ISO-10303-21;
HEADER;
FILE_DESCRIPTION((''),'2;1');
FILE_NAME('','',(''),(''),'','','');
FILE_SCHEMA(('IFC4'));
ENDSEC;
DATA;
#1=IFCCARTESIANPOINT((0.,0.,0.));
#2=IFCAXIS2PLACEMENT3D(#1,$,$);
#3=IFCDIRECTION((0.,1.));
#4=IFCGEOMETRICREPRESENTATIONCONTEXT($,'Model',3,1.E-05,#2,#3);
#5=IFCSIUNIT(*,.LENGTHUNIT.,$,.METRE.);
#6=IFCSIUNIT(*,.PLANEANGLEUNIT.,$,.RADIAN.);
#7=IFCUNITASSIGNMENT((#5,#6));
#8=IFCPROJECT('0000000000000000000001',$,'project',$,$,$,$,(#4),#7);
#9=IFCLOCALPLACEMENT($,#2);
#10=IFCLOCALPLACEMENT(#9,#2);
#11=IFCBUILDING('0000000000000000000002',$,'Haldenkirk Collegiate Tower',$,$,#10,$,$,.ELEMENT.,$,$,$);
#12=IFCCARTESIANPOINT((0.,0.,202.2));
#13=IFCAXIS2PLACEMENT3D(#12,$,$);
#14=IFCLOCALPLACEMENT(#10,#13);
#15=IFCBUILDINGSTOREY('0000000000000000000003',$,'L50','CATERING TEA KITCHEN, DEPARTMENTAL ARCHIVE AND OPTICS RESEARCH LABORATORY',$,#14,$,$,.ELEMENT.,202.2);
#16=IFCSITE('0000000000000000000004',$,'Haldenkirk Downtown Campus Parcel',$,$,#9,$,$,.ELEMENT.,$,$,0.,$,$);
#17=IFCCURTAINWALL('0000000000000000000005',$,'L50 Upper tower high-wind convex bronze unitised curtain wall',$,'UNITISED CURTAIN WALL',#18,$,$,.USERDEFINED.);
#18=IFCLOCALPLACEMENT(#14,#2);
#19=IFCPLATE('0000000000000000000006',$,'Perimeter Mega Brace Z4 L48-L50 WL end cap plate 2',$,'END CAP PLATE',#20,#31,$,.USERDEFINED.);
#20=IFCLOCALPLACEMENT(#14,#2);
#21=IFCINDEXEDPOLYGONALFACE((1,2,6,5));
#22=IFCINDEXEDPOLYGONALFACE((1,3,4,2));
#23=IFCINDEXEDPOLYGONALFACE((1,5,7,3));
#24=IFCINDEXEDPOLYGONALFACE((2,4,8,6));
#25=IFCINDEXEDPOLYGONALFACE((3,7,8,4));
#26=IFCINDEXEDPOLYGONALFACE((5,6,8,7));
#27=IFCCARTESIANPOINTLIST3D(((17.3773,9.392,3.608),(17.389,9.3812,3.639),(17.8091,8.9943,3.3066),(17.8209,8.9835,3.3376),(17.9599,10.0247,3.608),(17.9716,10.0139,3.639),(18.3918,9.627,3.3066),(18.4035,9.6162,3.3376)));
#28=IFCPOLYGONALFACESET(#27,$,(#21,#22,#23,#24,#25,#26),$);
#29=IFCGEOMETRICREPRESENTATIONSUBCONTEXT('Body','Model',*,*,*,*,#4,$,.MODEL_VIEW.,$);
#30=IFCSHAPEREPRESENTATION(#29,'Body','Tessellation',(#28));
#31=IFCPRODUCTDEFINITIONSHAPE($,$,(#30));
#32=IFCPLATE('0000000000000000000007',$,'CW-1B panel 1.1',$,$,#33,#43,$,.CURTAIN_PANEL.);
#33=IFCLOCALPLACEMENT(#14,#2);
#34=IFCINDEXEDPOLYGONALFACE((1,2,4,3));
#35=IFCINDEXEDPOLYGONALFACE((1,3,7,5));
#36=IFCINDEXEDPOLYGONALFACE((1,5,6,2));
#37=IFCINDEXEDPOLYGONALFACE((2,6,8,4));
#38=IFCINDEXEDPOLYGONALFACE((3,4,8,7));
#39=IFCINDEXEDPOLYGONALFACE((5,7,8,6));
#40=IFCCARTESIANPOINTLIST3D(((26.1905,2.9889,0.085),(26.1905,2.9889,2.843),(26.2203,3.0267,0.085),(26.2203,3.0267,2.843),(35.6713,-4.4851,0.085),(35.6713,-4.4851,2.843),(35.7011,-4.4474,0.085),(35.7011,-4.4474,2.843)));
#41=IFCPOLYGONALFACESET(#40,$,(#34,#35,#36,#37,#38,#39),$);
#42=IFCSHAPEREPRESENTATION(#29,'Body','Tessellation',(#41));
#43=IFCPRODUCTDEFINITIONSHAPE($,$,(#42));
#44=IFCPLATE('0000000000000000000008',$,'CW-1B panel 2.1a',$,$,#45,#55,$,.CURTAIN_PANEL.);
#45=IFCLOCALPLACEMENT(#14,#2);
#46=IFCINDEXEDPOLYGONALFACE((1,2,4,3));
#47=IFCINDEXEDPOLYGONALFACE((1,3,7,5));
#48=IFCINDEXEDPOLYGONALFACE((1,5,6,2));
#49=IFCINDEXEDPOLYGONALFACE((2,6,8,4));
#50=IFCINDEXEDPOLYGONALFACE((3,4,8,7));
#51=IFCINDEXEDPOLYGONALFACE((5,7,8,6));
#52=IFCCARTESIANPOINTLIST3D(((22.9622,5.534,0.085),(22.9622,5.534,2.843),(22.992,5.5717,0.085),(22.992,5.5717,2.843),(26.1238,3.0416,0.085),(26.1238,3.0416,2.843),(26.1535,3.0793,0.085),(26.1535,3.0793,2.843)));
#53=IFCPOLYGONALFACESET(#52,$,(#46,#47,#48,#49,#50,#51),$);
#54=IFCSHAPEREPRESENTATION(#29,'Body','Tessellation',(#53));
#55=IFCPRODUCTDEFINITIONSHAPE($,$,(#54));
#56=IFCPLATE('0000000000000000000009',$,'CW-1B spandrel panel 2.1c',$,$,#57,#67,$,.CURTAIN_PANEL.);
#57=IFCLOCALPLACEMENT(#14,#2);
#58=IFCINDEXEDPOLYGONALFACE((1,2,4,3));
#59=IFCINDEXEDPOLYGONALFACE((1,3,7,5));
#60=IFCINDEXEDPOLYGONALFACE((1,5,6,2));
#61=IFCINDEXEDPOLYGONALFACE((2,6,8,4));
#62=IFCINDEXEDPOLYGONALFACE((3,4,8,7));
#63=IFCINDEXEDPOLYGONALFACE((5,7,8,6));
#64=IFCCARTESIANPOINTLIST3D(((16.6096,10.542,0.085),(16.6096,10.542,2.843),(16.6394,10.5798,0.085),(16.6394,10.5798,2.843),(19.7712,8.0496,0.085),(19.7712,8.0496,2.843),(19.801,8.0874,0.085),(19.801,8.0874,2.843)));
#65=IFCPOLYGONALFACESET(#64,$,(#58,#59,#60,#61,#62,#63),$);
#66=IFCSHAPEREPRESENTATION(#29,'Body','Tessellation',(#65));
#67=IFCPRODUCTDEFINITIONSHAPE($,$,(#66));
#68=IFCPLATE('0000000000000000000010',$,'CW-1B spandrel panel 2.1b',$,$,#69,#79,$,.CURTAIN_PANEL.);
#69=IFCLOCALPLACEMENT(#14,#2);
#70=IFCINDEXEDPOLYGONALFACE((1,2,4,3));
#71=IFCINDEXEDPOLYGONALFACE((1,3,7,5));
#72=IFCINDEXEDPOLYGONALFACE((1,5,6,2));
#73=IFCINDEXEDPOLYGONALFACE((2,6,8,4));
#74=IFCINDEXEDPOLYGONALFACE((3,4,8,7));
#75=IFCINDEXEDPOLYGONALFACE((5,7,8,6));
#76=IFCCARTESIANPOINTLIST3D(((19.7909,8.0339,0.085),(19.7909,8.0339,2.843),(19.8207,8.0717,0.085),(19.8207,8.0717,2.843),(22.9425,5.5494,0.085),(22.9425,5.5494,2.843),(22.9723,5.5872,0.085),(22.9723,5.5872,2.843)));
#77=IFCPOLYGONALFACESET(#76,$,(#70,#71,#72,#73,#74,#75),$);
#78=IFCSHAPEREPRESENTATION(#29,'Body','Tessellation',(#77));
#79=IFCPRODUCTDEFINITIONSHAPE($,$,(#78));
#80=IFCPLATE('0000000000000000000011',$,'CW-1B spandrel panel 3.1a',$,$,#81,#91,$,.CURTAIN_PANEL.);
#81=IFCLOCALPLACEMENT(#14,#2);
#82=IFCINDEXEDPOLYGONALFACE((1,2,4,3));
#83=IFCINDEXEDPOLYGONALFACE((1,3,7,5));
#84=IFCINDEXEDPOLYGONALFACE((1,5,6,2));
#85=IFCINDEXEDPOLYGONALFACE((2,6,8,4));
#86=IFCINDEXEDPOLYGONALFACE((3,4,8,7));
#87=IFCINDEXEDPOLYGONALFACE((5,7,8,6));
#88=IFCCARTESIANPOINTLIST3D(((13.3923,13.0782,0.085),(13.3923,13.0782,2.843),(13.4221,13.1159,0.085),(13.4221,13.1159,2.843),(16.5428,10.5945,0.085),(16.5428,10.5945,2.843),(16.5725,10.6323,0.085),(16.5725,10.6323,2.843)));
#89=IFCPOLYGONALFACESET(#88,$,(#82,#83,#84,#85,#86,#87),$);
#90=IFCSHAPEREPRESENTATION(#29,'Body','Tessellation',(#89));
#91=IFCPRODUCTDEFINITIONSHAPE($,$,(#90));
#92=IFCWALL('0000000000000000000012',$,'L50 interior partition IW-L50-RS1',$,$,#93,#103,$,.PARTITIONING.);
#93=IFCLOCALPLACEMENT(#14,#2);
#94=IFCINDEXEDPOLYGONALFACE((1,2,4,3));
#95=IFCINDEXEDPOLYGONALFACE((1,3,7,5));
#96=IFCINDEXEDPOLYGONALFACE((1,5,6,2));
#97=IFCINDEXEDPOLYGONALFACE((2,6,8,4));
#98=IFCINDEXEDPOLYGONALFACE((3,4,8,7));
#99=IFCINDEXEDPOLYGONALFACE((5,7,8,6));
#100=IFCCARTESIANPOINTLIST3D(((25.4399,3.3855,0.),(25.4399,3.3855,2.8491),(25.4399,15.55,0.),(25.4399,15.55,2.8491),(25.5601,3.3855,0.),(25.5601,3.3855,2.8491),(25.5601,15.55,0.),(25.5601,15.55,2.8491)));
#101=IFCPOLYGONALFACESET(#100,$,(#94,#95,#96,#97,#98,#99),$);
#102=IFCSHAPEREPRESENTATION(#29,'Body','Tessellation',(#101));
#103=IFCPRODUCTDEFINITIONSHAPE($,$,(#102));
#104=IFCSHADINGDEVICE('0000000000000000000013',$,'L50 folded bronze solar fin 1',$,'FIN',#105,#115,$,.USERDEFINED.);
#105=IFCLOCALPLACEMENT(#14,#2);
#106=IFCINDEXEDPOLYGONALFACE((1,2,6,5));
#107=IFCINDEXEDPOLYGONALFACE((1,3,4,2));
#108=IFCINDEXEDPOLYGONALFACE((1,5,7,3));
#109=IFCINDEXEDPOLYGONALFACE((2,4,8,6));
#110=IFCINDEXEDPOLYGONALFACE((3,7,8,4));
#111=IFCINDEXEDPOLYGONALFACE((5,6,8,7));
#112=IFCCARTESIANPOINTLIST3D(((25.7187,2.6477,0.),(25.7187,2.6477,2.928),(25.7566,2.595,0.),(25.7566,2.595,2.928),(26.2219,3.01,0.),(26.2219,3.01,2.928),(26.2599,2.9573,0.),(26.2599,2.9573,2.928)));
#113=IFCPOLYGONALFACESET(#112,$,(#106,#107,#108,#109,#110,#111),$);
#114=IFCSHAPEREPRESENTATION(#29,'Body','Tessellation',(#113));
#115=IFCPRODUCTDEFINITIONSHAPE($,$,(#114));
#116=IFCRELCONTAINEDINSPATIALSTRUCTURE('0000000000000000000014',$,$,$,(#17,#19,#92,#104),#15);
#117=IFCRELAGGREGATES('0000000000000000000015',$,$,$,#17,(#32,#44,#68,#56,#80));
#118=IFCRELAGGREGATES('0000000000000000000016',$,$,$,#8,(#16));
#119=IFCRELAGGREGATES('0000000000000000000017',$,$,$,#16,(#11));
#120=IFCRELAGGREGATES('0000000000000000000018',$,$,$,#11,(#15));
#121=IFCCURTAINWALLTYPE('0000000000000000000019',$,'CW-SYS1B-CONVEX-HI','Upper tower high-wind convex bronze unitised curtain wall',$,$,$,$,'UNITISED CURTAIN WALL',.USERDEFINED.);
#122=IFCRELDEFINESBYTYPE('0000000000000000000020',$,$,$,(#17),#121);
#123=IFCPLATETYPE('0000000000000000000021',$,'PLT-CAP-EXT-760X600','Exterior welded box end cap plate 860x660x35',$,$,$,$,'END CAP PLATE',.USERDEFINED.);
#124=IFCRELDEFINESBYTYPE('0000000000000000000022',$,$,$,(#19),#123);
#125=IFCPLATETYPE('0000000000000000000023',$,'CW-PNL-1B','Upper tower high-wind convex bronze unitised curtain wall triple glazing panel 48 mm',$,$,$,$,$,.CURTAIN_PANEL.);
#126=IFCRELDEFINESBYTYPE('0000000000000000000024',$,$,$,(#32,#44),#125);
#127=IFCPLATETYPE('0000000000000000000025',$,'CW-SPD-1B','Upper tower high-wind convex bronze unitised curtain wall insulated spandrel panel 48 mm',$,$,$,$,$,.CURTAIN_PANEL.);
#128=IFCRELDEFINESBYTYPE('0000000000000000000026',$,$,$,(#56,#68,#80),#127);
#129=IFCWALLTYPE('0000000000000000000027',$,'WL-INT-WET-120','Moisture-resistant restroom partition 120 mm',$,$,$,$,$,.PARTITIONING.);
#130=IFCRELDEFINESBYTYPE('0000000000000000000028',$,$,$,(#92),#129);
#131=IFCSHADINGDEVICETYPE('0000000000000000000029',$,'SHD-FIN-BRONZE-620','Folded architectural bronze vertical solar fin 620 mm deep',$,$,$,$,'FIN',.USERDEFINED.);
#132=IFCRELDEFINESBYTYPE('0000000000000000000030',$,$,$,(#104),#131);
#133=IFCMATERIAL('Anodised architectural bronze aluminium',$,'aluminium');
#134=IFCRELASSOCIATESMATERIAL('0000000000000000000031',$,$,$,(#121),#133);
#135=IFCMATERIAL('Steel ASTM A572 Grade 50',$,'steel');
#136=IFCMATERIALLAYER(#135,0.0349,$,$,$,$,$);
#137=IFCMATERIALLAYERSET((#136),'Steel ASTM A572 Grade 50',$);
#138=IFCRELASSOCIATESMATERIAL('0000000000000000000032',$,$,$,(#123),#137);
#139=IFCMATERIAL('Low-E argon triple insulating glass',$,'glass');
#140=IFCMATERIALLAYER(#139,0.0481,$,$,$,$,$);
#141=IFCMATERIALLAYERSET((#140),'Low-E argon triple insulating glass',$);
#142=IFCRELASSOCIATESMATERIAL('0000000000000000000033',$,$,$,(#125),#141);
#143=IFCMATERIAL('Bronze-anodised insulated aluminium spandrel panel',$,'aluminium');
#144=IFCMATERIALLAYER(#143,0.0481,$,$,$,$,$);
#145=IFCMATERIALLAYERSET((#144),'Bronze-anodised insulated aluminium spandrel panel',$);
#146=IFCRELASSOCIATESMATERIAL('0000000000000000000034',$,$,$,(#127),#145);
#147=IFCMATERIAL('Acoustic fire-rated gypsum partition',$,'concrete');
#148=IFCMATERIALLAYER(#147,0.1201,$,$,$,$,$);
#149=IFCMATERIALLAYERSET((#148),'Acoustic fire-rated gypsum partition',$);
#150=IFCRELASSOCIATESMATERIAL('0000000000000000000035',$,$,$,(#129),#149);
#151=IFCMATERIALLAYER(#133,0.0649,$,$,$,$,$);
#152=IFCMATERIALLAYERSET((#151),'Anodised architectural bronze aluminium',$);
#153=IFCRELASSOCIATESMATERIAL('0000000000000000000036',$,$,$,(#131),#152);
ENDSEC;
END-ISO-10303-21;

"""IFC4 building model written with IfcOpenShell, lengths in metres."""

from ifc_helpers import new_model, si_unit, direction, frame, frame_2d, origin, origin_2d, place, context, subcontext, project, spatial, rectangle, extrude, source, transform, mapped, material, layer, layer_set, type_object, element, aggregate, save


model = new_model("IFC4")

# Units and contexts
model_context = context("Model", 3, precision=1e-05, world=origin(), true_north=direction((0.0, 1.0)))
body_context = subcontext(model_context, "Body", "Model", "MODEL_VIEW")
ifc_project = project(units=[si_unit("LENGTHUNIT", "METRE"), si_unit("PLANEANGLEUNIT", "RADIAN")], contexts=[model_context])

# Site, building, storey
site_placement = place(None, origin())
site = spatial("IfcSite", under=ifc_project, at=site_placement, Name="Haldenkirk Downtown Campus Parcel", CompositionType="ELEMENT", RefElevation=0.0)
building_placement = place(site_placement, origin())
building = spatial("IfcBuilding", under=site, at=building_placement, Name="Haldenkirk Collegiate Tower", CompositionType="ELEMENT")
storey_placement = place(building_placement, frame((0.0, 0.0, 202.2)))
storey = spatial("IfcBuildingStorey", under=building, at=storey_placement, Name="L50", Description="CATERING TEA KITCHEN, DEPARTMENTAL ARCHIVE AND OPTICS RESEARCH LABORATORY", CompositionType="ELEMENT", Elevation=202.2)

# Curtain wall
ifc_material_1 = material(Name="Anodised architectural bronze aluminium", Category="aluminium")
curtain_wall_type = type_object("IfcCurtainWallType", Name="CW-SYS1B-CONVEX-HI", Description="Upper tower high-wind convex bronze unitised curtain wall", ElementType="UNITISED CURTAIN WALL", PredefinedType="USERDEFINED", material=ifc_material_1)
curtain_wall_placement = place(storey_placement, origin())
curtain_wall = element("IfcCurtainWall", 1, at=curtain_wall_placement, inside=storey, type_object=curtain_wall_type, Name="L50 Upper tower high-wind convex bronze unitised curtain wall", ObjectType="UNITISED CURTAIN WALL", PredefinedType="USERDEFINED")

# Plates
ifc_material_2 = material(Name="Steel ASTM A572 Grade 50", Category="steel")
ifc_layer_1 = layer(ifc_material_2, 0.0349)
ifc_layer_set_1 = layer_set([ifc_layer_1], Name="Steel ASTM A572 Grade 50")
plate_type_1 = type_object("IfcPlateType", Name="PLT-CAP-EXT-760X600", Description="Exterior welded box end cap plate 860x660x35", ElementType="END CAP PLATE", PredefinedType="USERDEFINED", material=ifc_layer_set_1)
shared_shape_1 = source(origin(), body_context, "Body", "SweptSolid", [
    extrude(rectangle(XDim=0.8601, YDim=0.6599, at=origin_2d()), origin(), (0.0, 0.0, 1.0), 0.0349),
])
plate_1_placement = place(storey_placement, frame((17.8845, 9.5095, 3.4573), z_axis=(0.335976, -0.309383, 0.889608), x_axis=(0.677395, 0.73562, 0.0)))
element("IfcPlate", 2, at=plate_1_placement, inside=storey, type_object=plate_type_1, Name="Perimeter Mega Brace Z4 L48-L50 WL end cap plate 2", ObjectType="END CAP PLATE", PredefinedType="USERDEFINED", context=body_context, shape_type="MappedRepresentation", body=[
    mapped(shared_shape_1, transform((0.0, 0.0, 0.0), x_axis=(1.0, 0.0, 0.0), y_axis=(0.0, 1.0, 0.0), z_axis=(0.0, 0.0, 1.0), scale=1.0)),
])
ifc_material_3 = material(Name="Low-E argon triple insulating glass", Category="glass")
ifc_layer_2 = layer(ifc_material_3, 0.0481)
ifc_layer_set_2 = layer_set([ifc_layer_2], Name="Low-E argon triple insulating glass")
plate_type_2 = type_object("IfcPlateType", Name="CW-PNL-1B", Description="Upper tower high-wind convex bronze unitised curtain wall triple glazing panel 48 mm", PredefinedType="CURTAIN_PANEL", material=ifc_layer_set_2)
shared_shape_2 = source(origin(), body_context, "Body", "SweptSolid", [
    extrude(rectangle(XDim=12.0725, YDim=0.0481, at=origin_2d()), origin(), (0.0, 0.0, 1.0), 2.7581),
])
plate_2_placement = place(storey_placement, frame((30.9458, -0.7292, 0.085), z_axis=(0.0, 0.0, 1.0), x_axis=(-0.785316, 0.619095, 0.0)))
plate_2 = element("IfcPlate", 3, at=plate_2_placement, type_object=plate_type_2, Name="CW-1B panel 1.1", PredefinedType="CURTAIN_PANEL", context=body_context, shape_type="MappedRepresentation", body=[
    mapped(shared_shape_2, transform((0.0, 0.0, 0.0), x_axis=(1.0, 0.0, 0.0), y_axis=(0.0, 1.0, 0.0), z_axis=(0.0, 0.0, 1.0), scale=1.0)),
])
shared_shape_3 = source(origin(), body_context, "Body", "SweptSolid", [
    extrude(rectangle(XDim=4.0259, YDim=0.0481, at=origin_2d()), origin(), (0.0, 0.0, 1.0), 2.7581),
])
plate_3_placement = place(storey_placement, frame((24.5579, 4.3066, 0.085), z_axis=(0.0, 0.0, 1.0), x_axis=(-0.785316, 0.619095, 0.0)))
plate_3 = element("IfcPlate", 4, at=plate_3_placement, type_object=plate_type_2, Name="CW-1B panel 2.1a", PredefinedType="CURTAIN_PANEL", context=body_context, shape_type="MappedRepresentation", body=[
    mapped(shared_shape_3, transform((0.0, 0.0, 0.0), x_axis=(1.0, 0.0, 0.0), y_axis=(0.0, 1.0, 0.0), z_axis=(0.0, 0.0, 1.0), scale=1.0)),
])
ifc_material_4 = material(Name="Bronze-anodised insulated aluminium spandrel panel", Category="aluminium")
ifc_layer_3 = layer(ifc_material_4, 0.0481)
ifc_layer_set_3 = layer_set([ifc_layer_3], Name="Bronze-anodised insulated aluminium spandrel panel")
plate_type_3 = type_object("IfcPlateType", Name="CW-SPD-1B", Description="Upper tower high-wind convex bronze unitised curtain wall insulated spandrel panel 48 mm", PredefinedType="CURTAIN_PANEL", material=ifc_layer_set_3)
plate_4_placement = place(storey_placement, frame((18.2053, 9.3147, 0.085), z_axis=(0.0, 0.0, 1.0), x_axis=(-0.785316, 0.619095, 0.0)))
plate_4 = element("IfcPlate", 5, at=plate_4_placement, type_object=plate_type_3, Name="CW-1B spandrel panel 2.1c", PredefinedType="CURTAIN_PANEL", context=body_context, shape_type="MappedRepresentation", body=[
    mapped(shared_shape_3, transform((0.0, 0.0, 0.0), x_axis=(1.0, 0.0, 0.0), y_axis=(0.0, 1.0, 0.0), z_axis=(0.0, 0.0, 1.0), scale=1.0)),
])
shared_shape_4 = source(origin(), body_context, "Body", "SweptSolid", [
    extrude(rectangle(XDim=4.0132, YDim=0.0481, at=origin_2d()), origin(), (0.0, 0.0, 1.0), 2.7581),
])
plate_5_placement = place(storey_placement, frame((21.3816, 6.8105, 0.085), z_axis=(0.0, 0.0, 1.0), x_axis=(-0.785316, 0.619095, 0.0)))
plate_5 = element("IfcPlate", 6, at=plate_5_placement, type_object=plate_type_3, Name="CW-1B spandrel panel 2.1b", PredefinedType="CURTAIN_PANEL", context=body_context, shape_type="MappedRepresentation", body=[
    mapped(shared_shape_4, transform((0.0, 0.0, 0.0), x_axis=(1.0, 0.0, 0.0), y_axis=(0.0, 1.0, 0.0), z_axis=(0.0, 0.0, 1.0), scale=1.0)),
])
shared_shape_5 = source(origin(), body_context, "Body", "SweptSolid", [
    extrude(rectangle(XDim=4.0117, YDim=0.0481, at=origin_2d()), origin(), (0.0, 0.0, 1.0), 2.7581),
])
plate_6_placement = place(storey_placement, frame((14.9824, 11.8552, 0.085), z_axis=(0.0, 0.0, 1.0), x_axis=(-0.785316, 0.619095, 0.0)))
plate_6 = element("IfcPlate", 7, at=plate_6_placement, type_object=plate_type_3, Name="CW-1B spandrel panel 3.1a", PredefinedType="CURTAIN_PANEL", context=body_context, shape_type="MappedRepresentation", body=[
    mapped(shared_shape_5, transform((0.0, 0.0, 0.0), x_axis=(1.0, 0.0, 0.0), y_axis=(0.0, 1.0, 0.0), z_axis=(0.0, 0.0, 1.0), scale=1.0)),
])
aggregate(curtain_wall, [plate_2, plate_3, plate_5, plate_4, plate_6])

# Wall
ifc_material_5 = material(Name="Acoustic fire-rated gypsum partition", Category="concrete")
ifc_layer_4 = layer(ifc_material_5, 0.1201)
ifc_layer_set_4 = layer_set([ifc_layer_4], Name="Acoustic fire-rated gypsum partition")
wall_type = type_object("IfcWallType", Name="WL-INT-WET-120", Description="Moisture-resistant restroom partition 120 mm", PredefinedType="PARTITIONING", material=ifc_layer_set_4)
wall_placement = place(storey_placement, frame((25.5, 3.3855, 0.0), z_axis=(0.0, 0.0, 1.0), x_axis=(0.0, 1.0, 0.0)))
element("IfcWall", 8, at=wall_placement, inside=storey, type_object=wall_type, Name="L50 interior partition IW-L50-RS1", PredefinedType="PARTITIONING", context=body_context, shape_type="SweptSolid", body=[
    extrude(rectangle(XDim=12.1646, YDim=0.1201, at=frame_2d((6.0823, 0.0))), origin(), (0.0, 0.0, 1.0), 2.8491),
])

# Shading device
ifc_layer_5 = layer(ifc_material_1, 0.0649)
ifc_layer_set_5 = layer_set([ifc_layer_5], Name="Anodised architectural bronze aluminium")
shading_device_type = type_object("IfcShadingDeviceType", Name="SHD-FIN-BRONZE-620", Description="Folded architectural bronze vertical solar fin 620 mm deep", ElementType="FIN", PredefinedType="USERDEFINED", material=ifc_layer_set_5)
shared_shape_6 = source(origin(), body_context, "Body", "SweptSolid", [
    extrude(rectangle(XDim=0.6201, YDim=0.0649, at=origin_2d()), origin(), (0.0, 0.0, 1.0), 2.928),
])
shading_device_placement = place(storey_placement, frame((25.9893, 2.8025, 0.0), z_axis=(0.0, 0.0, 1.0), x_axis=(-0.811574, -0.58425, 0.0)))
element("IfcShadingDevice", 9, at=shading_device_placement, inside=storey, type_object=shading_device_type, Name="L50 folded bronze solar fin 1", ObjectType="FIN", PredefinedType="USERDEFINED", context=body_context, shape_type="MappedRepresentation", body=[
    mapped(shared_shape_6, transform((0.0, 0.0, 0.0), x_axis=(1.0, 0.0, 0.0), y_axis=(0.0, 1.0, 0.0), z_axis=(0.0, 0.0, 1.0), scale=1.0)),
])

save(model, "model.ifc")
